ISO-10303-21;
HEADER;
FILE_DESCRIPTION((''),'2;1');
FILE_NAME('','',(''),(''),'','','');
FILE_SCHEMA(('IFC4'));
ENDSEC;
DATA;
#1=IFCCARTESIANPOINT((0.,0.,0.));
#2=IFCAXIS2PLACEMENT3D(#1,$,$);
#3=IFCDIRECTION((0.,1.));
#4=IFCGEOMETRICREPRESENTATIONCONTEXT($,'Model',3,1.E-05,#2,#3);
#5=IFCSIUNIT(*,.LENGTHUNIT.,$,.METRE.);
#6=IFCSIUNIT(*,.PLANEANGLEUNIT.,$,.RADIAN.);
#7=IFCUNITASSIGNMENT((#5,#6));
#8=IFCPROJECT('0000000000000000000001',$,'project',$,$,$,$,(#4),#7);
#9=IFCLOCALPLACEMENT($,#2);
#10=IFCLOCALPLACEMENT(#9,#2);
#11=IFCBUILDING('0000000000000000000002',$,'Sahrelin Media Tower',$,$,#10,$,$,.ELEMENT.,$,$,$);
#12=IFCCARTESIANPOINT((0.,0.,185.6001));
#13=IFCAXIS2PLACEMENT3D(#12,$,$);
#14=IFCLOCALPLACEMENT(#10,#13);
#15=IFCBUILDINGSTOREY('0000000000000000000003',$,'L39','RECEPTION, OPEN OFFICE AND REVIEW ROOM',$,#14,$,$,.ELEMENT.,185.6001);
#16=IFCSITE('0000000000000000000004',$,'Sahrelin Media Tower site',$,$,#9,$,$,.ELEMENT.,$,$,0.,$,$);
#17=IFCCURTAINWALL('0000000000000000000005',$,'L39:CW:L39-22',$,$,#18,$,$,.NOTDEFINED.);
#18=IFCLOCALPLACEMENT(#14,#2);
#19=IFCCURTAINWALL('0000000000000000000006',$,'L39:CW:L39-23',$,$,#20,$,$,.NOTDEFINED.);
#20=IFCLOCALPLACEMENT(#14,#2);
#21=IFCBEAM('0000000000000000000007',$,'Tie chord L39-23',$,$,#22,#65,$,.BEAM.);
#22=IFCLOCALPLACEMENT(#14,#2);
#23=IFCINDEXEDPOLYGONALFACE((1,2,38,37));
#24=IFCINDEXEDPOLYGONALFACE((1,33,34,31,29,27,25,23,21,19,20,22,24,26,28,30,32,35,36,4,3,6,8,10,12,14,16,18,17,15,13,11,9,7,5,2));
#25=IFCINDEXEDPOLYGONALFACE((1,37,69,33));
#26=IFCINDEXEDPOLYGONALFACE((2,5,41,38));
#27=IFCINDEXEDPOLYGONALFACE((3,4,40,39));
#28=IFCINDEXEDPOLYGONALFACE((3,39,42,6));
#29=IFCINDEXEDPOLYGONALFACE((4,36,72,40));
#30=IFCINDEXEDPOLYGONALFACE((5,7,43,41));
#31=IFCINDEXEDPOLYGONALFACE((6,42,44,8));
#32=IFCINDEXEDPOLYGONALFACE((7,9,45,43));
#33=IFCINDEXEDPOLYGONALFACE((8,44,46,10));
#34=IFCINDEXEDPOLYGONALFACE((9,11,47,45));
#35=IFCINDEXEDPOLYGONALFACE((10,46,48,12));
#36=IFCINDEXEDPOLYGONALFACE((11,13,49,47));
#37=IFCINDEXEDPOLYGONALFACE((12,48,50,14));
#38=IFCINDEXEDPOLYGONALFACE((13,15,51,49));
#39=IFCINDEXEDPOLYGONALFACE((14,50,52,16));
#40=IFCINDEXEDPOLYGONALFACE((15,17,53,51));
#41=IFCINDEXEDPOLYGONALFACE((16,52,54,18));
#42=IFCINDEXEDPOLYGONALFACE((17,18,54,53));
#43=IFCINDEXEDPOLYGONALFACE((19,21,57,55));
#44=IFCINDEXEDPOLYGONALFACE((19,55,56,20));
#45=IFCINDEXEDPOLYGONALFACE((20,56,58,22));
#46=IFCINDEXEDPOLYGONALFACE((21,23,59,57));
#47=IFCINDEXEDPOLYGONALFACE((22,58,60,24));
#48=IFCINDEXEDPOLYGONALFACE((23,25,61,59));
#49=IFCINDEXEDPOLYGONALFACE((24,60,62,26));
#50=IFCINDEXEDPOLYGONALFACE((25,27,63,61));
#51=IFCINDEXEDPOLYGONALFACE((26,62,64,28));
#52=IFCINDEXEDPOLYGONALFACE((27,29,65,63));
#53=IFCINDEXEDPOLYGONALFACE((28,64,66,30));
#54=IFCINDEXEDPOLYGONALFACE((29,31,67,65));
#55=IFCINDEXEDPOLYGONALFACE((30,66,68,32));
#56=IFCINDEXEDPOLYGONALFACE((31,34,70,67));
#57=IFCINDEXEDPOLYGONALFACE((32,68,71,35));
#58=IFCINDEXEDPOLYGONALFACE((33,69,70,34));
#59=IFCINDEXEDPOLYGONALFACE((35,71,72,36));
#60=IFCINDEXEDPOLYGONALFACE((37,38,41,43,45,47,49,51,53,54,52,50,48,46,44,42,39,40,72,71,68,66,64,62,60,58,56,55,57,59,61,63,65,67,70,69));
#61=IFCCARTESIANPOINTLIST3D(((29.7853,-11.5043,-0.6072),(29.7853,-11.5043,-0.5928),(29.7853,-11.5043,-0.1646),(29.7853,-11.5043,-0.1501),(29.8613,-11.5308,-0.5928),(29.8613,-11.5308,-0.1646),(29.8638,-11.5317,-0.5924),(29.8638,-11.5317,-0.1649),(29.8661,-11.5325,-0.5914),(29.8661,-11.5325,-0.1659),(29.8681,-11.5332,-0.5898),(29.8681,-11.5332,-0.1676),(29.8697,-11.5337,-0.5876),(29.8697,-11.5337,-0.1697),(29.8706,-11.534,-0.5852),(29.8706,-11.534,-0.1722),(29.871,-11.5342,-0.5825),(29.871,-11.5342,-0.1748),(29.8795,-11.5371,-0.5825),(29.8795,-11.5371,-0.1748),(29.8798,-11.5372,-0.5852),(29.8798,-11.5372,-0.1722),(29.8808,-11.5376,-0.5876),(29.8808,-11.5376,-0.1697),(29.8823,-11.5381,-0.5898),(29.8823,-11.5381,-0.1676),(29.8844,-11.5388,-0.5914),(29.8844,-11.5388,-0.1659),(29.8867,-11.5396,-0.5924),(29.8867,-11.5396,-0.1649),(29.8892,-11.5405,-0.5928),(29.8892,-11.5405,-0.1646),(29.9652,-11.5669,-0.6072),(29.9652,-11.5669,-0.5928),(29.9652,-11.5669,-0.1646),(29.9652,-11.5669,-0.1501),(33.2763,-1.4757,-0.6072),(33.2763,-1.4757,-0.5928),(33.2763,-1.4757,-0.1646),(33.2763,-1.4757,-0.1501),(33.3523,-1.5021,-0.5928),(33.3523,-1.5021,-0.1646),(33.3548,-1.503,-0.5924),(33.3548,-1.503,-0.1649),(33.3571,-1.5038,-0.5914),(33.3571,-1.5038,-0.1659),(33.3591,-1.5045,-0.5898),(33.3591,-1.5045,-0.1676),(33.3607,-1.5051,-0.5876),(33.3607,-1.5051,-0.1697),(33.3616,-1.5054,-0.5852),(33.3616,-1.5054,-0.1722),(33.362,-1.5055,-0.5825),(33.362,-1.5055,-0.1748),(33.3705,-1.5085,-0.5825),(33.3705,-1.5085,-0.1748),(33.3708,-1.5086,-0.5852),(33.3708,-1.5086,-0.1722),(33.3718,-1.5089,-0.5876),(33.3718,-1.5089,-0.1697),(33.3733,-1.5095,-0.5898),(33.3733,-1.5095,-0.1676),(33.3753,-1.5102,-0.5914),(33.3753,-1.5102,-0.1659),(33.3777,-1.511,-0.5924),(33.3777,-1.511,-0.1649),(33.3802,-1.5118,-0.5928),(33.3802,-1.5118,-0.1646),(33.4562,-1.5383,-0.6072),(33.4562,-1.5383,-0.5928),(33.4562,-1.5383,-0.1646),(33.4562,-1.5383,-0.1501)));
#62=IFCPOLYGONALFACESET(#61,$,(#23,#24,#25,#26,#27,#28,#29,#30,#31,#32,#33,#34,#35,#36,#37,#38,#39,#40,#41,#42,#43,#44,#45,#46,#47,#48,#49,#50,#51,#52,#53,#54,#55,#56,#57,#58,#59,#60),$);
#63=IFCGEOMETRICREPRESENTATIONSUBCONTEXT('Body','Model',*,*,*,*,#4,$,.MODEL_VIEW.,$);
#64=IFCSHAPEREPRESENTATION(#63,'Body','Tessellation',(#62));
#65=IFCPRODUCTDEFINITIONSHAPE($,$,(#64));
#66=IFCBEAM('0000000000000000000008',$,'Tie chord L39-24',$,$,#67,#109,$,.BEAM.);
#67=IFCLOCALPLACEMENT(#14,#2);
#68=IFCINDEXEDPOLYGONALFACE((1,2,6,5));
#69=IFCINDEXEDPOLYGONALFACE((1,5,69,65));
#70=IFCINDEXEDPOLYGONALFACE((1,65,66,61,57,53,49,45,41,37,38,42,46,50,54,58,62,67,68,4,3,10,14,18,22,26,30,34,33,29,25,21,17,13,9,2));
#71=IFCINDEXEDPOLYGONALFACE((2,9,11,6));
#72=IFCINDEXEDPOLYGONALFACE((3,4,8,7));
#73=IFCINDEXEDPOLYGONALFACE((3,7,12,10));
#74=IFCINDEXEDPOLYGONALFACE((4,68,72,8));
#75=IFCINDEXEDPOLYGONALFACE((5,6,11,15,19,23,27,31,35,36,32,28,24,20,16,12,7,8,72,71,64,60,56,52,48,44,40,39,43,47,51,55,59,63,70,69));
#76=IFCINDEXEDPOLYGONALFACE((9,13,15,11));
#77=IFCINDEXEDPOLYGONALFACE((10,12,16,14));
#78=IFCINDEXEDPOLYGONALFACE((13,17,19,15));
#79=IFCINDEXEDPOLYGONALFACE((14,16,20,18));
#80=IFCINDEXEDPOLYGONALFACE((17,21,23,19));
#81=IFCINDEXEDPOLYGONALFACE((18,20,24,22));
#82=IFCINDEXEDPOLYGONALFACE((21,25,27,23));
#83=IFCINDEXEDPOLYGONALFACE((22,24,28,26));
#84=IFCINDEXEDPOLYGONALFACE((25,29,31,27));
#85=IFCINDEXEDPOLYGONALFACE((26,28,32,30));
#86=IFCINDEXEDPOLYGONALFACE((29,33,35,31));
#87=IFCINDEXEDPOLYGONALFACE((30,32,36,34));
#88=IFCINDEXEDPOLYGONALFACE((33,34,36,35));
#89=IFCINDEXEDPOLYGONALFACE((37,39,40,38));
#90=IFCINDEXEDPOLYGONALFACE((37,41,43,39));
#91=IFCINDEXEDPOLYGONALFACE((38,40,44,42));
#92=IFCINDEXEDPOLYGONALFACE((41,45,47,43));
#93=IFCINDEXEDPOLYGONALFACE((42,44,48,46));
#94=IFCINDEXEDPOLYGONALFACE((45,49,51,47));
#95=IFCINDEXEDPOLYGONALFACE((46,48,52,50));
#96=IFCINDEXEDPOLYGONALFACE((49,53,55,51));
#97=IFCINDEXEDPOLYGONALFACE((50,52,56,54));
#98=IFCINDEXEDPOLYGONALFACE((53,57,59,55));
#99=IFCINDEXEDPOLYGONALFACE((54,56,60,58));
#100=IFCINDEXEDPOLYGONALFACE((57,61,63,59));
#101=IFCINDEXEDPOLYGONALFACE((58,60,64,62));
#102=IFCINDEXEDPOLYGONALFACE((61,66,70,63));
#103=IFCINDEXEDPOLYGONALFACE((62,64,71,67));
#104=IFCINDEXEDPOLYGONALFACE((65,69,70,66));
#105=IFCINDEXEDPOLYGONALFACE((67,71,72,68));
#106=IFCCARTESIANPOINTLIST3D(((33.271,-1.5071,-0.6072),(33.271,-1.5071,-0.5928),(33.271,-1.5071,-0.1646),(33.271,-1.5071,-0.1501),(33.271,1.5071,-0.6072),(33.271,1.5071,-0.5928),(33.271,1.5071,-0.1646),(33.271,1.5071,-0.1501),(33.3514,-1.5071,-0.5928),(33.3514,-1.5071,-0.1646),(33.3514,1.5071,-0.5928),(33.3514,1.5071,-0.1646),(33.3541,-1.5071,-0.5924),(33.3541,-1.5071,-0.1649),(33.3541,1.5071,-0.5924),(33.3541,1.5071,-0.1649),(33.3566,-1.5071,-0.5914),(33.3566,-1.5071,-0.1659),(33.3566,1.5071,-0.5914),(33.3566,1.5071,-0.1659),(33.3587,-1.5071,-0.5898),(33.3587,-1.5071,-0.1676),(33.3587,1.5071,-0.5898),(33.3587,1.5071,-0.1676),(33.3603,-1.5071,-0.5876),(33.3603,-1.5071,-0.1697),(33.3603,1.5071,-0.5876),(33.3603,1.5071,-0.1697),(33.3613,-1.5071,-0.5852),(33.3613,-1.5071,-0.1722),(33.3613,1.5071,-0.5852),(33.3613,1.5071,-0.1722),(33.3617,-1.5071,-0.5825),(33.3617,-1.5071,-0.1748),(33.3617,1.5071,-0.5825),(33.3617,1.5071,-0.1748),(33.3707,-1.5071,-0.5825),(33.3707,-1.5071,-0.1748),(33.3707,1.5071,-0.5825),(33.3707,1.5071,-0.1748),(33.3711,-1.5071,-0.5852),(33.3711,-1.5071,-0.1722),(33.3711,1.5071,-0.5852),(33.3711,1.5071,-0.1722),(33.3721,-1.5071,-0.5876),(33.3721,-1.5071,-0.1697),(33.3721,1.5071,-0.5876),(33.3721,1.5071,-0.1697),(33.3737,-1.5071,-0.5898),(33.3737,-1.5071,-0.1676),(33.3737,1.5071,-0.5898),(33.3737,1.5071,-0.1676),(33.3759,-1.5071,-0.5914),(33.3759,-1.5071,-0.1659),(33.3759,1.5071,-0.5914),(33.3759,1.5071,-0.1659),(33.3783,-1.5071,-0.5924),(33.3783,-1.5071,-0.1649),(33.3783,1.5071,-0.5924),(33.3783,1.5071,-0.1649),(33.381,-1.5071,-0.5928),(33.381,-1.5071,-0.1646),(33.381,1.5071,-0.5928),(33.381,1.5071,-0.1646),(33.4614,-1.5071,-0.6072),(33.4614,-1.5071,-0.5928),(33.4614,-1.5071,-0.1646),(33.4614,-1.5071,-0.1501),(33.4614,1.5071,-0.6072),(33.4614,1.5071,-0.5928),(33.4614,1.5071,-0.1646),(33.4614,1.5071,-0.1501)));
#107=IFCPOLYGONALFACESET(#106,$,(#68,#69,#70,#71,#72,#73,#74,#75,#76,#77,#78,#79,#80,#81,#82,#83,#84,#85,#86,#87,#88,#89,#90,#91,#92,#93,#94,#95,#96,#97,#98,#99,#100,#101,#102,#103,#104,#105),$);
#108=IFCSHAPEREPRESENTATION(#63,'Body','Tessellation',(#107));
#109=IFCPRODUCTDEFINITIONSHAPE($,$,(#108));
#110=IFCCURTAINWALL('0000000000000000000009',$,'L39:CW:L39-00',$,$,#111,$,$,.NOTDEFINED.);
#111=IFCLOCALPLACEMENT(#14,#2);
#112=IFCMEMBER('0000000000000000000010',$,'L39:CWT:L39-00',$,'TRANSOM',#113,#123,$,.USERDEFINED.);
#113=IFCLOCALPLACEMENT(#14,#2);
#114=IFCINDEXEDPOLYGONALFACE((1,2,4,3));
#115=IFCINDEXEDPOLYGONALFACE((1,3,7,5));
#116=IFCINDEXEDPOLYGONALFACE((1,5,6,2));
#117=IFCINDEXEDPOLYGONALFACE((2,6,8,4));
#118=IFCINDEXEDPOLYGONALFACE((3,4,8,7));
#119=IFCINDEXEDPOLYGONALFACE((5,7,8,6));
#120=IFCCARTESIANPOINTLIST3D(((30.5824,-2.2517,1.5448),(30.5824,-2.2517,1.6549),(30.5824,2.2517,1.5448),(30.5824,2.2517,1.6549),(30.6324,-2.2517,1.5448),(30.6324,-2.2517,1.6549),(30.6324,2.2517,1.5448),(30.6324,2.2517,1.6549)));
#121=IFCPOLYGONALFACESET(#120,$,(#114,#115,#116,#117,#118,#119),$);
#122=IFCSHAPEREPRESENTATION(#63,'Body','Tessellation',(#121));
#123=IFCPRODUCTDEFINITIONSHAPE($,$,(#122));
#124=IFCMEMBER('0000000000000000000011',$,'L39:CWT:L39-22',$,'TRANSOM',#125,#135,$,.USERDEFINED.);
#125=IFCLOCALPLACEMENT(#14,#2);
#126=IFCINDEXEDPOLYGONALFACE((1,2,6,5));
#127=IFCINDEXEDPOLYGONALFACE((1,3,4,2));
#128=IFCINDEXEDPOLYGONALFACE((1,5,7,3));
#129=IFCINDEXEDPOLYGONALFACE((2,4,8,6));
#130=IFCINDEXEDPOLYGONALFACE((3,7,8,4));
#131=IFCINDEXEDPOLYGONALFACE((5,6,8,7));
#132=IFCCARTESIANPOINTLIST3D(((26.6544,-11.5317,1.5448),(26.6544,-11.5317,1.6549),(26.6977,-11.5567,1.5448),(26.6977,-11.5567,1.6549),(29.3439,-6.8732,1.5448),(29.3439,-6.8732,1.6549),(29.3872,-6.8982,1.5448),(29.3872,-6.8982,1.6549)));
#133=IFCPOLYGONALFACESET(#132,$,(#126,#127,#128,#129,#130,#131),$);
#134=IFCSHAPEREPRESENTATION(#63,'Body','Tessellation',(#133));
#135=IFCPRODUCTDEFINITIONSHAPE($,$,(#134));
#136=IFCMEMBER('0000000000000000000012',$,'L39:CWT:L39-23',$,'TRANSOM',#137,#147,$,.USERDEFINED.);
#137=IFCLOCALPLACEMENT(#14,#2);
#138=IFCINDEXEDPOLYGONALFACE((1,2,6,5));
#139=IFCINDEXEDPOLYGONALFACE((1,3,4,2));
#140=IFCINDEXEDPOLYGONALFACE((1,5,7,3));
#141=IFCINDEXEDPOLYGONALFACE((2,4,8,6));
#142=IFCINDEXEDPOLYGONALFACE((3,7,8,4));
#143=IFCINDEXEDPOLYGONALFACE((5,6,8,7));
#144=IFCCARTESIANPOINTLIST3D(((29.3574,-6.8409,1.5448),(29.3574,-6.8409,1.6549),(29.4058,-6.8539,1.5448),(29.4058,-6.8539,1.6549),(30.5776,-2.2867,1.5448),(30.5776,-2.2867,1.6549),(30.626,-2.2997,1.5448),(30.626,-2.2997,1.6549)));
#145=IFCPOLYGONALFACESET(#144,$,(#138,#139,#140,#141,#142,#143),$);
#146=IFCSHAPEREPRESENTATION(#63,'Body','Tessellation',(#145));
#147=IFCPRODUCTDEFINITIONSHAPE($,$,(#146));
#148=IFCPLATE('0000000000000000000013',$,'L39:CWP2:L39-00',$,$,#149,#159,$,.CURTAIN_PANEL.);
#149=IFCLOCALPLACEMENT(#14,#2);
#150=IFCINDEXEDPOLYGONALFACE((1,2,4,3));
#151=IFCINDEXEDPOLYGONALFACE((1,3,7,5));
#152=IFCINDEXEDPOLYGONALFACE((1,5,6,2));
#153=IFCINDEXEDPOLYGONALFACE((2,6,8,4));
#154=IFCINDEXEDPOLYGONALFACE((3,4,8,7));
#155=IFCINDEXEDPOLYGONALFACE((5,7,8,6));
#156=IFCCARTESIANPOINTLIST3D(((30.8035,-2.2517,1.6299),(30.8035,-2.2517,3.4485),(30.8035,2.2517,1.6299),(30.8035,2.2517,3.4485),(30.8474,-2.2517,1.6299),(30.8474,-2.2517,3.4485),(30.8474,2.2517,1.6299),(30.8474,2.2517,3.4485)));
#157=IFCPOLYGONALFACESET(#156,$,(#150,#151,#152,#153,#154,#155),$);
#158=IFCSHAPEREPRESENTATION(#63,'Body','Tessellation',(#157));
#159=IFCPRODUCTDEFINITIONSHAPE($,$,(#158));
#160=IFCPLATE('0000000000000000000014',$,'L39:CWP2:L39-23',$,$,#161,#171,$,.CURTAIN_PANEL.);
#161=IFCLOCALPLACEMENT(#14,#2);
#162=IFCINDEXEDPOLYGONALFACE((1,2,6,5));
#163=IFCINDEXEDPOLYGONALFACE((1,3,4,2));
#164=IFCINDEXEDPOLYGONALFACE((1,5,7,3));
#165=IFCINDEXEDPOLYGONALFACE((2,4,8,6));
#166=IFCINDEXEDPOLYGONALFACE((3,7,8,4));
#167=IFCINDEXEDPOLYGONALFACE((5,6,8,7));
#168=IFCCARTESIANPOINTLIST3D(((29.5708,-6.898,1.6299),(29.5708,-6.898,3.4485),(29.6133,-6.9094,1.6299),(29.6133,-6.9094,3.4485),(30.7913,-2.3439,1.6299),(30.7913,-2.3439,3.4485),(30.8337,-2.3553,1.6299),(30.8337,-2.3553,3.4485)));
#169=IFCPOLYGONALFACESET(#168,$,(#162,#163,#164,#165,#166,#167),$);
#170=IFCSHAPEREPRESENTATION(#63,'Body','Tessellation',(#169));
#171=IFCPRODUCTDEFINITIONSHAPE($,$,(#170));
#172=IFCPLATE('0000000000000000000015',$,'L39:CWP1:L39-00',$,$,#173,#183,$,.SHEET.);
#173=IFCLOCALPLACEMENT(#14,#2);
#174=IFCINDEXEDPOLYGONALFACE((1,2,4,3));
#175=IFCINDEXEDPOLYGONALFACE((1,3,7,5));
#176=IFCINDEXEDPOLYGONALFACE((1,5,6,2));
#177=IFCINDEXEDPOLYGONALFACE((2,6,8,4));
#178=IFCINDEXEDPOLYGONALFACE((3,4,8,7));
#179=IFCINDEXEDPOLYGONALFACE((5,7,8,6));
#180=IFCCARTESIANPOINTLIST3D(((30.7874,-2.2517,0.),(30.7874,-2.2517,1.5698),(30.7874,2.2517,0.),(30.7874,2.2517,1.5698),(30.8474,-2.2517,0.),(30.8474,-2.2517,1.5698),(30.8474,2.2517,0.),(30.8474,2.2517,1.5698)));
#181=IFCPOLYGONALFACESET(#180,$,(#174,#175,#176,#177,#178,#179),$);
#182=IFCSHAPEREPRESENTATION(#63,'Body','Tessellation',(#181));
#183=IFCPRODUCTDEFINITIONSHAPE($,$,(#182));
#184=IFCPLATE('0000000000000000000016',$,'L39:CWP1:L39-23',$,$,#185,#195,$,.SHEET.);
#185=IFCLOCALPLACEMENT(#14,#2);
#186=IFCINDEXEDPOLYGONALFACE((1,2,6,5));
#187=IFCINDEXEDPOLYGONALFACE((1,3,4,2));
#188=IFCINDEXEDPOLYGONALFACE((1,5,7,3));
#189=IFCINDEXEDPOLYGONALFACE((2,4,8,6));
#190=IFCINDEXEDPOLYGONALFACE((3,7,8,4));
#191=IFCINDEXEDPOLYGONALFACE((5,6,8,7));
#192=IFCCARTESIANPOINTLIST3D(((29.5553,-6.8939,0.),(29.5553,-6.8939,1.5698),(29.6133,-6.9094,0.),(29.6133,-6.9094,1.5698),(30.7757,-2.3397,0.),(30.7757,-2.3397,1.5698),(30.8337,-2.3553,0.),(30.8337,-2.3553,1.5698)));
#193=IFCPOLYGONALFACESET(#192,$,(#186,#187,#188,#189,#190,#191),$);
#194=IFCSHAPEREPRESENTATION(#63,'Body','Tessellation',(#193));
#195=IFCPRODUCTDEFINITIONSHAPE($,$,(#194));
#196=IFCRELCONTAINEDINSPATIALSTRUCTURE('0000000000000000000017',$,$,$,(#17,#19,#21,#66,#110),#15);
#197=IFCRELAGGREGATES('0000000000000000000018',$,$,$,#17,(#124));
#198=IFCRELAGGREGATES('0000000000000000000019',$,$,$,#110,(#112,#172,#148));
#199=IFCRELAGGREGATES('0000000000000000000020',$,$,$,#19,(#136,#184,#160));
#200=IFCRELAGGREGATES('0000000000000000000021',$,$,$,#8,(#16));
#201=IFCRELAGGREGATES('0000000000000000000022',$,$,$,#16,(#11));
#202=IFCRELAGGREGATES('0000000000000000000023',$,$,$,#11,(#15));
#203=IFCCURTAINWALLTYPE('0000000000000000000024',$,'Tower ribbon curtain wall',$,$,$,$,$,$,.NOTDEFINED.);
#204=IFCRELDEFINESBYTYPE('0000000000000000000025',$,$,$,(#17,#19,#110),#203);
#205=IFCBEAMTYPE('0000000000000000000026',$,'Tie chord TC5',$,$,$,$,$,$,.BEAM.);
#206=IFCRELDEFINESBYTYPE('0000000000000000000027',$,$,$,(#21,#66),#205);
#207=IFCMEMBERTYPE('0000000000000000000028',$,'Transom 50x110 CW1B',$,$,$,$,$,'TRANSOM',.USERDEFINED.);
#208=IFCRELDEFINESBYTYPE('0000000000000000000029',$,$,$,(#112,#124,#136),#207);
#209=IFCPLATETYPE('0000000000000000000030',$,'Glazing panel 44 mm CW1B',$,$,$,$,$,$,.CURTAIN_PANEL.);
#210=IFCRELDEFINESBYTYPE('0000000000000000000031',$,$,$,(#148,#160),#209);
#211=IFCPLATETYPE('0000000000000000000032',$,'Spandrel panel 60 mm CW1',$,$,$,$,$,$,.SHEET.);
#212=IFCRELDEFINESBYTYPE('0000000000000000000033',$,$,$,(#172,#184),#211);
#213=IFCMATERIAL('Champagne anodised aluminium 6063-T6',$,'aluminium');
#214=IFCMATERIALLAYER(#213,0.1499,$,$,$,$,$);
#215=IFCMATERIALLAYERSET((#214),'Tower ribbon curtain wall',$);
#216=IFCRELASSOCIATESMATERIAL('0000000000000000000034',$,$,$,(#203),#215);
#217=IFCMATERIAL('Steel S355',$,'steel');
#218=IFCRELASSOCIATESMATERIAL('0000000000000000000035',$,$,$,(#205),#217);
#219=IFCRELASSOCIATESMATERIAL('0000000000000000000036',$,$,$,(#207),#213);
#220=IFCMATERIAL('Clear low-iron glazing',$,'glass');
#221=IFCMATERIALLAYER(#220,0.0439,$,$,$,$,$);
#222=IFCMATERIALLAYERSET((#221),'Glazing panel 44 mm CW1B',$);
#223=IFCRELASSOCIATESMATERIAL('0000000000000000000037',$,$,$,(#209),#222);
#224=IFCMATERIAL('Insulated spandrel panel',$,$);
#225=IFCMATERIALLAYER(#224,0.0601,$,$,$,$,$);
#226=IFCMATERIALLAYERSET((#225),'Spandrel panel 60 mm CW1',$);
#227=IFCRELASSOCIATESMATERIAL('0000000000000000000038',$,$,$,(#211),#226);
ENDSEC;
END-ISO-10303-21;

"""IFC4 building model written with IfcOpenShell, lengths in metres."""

from ifc_helpers import new_model, si_unit, direction, frame, origin, origin_2d, place, context, subcontext, project, spatial, polyline, rectangle, i_section, outline, extrude, material, layer, layer_set, material_profile, profile_set, type_object, element, aggregate, save


model = new_model("IFC4")

# Units and contexts
model_context = context("Model", 3, precision=1e-05, world=origin(), true_north=direction((0.0, 1.0)))
body_context = subcontext(model_context, "Body", "Model", "MODEL_VIEW")
ifc_project = project(units=[si_unit("LENGTHUNIT", "METRE"), si_unit("PLANEANGLEUNIT", "RADIAN")], contexts=[model_context])

# Site, building, storey
site_placement = place(None, origin())
site = spatial("IfcSite", under=ifc_project, at=site_placement, Name="Sahrelin Media Tower site", CompositionType="ELEMENT", RefElevation=0.0)
building_placement = place(site_placement, origin())
building = spatial("IfcBuilding", under=site, at=building_placement, Name="Sahrelin Media Tower", CompositionType="ELEMENT")
storey_placement = place(building_placement, frame((0.0, 0.0, 185.6001)))
storey = spatial("IfcBuildingStorey", under=building, at=storey_placement, Name="L39", Description="RECEPTION, OPEN OFFICE AND REVIEW ROOM", CompositionType="ELEMENT", Elevation=185.6001)

# Shared definitions
ifc_material_1 = material(Name="Steel S355", Category="steel")

# Curtain walls
ifc_material_2 = material(Name="Champagne anodised aluminium 6063-T6", Category="aluminium")
ifc_layer_1 = layer(ifc_material_2, 0.1499)
ifc_layer_set_1 = layer_set([ifc_layer_1], Name="Tower ribbon curtain wall")
curtain_wall_type = type_object("IfcCurtainWallType", Name="Tower ribbon curtain wall", PredefinedType="NOTDEFINED", material=ifc_layer_set_1)
curtain_wall_1_placement = place(storey_placement, frame((28.2112, -9.325, 0.0), z_axis=(0.0, 0.0, 1.0), x_axis=(1.0, 0.0, 0.0)))
curtain_wall_1 = element("IfcCurtainWall", 1, at=curtain_wall_1_placement, inside=storey, type_object=curtain_wall_type, Name="L39:CW:L39-22", PredefinedType="NOTDEFINED")
curtain_wall_2_placement = place(storey_placement, frame((30.2041, -4.6272, 0.0), z_axis=(0.0, 0.0, 1.0), x_axis=(1.0, 0.0, 0.0)))
curtain_wall_2 = element("IfcCurtainWall", 2, at=curtain_wall_2_placement, inside=storey, type_object=curtain_wall_type, Name="L39:CW:L39-23", PredefinedType="NOTDEFINED")

# Beams
ifc_material_profile_1 = material_profile(ifc_material_1, i_section(OverallWidth=0.1904, OverallDepth=0.457, WebThickness=0.009, FlangeThickness=0.0144, FilletRadius=0.0103, at=origin_2d()), Name="UB 457x191x74")
ifc_profile_set_1 = profile_set([ifc_material_profile_1], Name="Steel S355")
beam_type_1 = type_object("IfcBeamType", Name="Tie chord TC5", PredefinedType="BEAM", material=ifc_profile_set_1)
beam_1_placement = place(storey_placement, frame((29.8752, -11.5356, -0.3787), z_axis=(0.328753, 0.944416, 0.0), x_axis=(-0.944416, 0.328753, 0.0)))
element("IfcBeam", 3, at=beam_1_placement, inside=storey, type_object=beam_type_1, Name="Tie chord L39-23", PredefinedType="BEAM", context=body_context, shape_type="SweptSolid", body=[
    extrude(i_section(OverallWidth=0.1904, OverallDepth=0.457, WebThickness=0.009, FlangeThickness=0.0144, FilletRadius=0.0103, at=origin_2d()), origin(), (0.0, 0.0, 1.0), 10.6189),
])
beam_2_placement = place(storey_placement, frame((33.3662, -1.5071, -0.3787), z_axis=(0.0, 1.0, 0.0), x_axis=(-1.0, 0.0, 0.0)))
element("IfcBeam", 4, at=beam_2_placement, inside=storey, type_object=beam_type_1, Name="Tie chord L39-24", PredefinedType="BEAM", context=body_context, shape_type="SweptSolid", body=[
    extrude(i_section(OverallWidth=0.1904, OverallDepth=0.457, WebThickness=0.009, FlangeThickness=0.0144, FilletRadius=0.0103, at=origin_2d()), origin(), (0.0, 0.0, 1.0), 3.0142),
])

# Curtain wall, member
curtain_wall_3_placement = place(storey_placement, frame((30.8274, 0.0, 0.0), z_axis=(0.0, 0.0, 1.0), x_axis=(1.0, 0.0, 0.0)))
curtain_wall_3 = element("IfcCurtainWall", 5, at=curtain_wall_3_placement, inside=storey, type_object=curtain_wall_type, Name="L39:CW:L39-00", PredefinedType="NOTDEFINED")
ifc_material_profile_2 = material_profile(ifc_material_2, rectangle(XDim=0.05, YDim=0.1101, at=origin_2d()), Name="Transom 50x110")
ifc_profile_set_2 = profile_set([ifc_material_profile_2], Name="Champagne anodised aluminium 6063-T6")
member_type_1 = type_object("IfcMemberType", Name="Transom 50x110 CW1B", ElementType="TRANSOM", PredefinedType="USERDEFINED", material=ifc_profile_set_2)
member_1_placement = place(storey_placement, frame((30.6074, -2.2517, 1.5999), z_axis=(0.0, 1.0, 0.0), x_axis=(-1.0, 0.0, 0.0)))
member_1 = element("IfcMember", 6, at=member_1_placement, type_object=member_type_1, Name="L39:CWT:L39-00", ObjectType="TRANSOM", PredefinedType="USERDEFINED", context=body_context, shape_type="SweptSolid", body=[
    extrude(rectangle(XDim=0.05, YDim=0.1101, at=origin_2d()), origin(), (0.0, 0.0, 1.0), 4.5034),
])

# Members
member_2_placement = place(storey_placement, frame((26.676, -11.5442, 1.5999), z_axis=(0.499986, 0.866034, 0.0), x_axis=(-0.866034, 0.499986, 0.0)))
member_2 = element("IfcMember", 7, at=member_2_placement, type_object=member_type_1, Name="L39:CWT:L39-22", ObjectType="TRANSOM", PredefinedType="USERDEFINED", context=body_context, shape_type="SweptSolid", body=[
    extrude(rectangle(XDim=0.05, YDim=0.1101, at=origin_2d()), origin(), (0.0, 0.0, 1.0), 5.3792),
])
aggregate(curtain_wall_1, [member_2])
member_3_placement = place(storey_placement, frame((29.3816, -6.8474, 1.5999), z_axis=(0.258803, 0.96593, 0.0), x_axis=(-0.96593, 0.258803, 0.0)))
member_3 = element("IfcMember", 8, at=member_3_placement, type_object=member_type_1, Name="L39:CWT:L39-23", ObjectType="TRANSOM", PredefinedType="USERDEFINED", context=body_context, shape_type="SweptSolid", body=[
    extrude(rectangle(XDim=0.05, YDim=0.1101, at=origin_2d()), origin(), (0.0, 0.0, 1.0), 4.7148),
])

# Plates
ifc_material_3 = material(Name="Clear low-iron glazing", Category="glass")
ifc_layer_2 = layer(ifc_material_3, 0.0439)
ifc_layer_set_2 = layer_set([ifc_layer_2], Name="Glazing panel 44 mm CW1B")
plate_type_1 = type_object("IfcPlateType", Name="Glazing panel 44 mm CW1B", PredefinedType="CURTAIN_PANEL", material=ifc_layer_set_2)
plate_1_placement = place(storey_placement, frame((30.8474, -2.2517, 1.6299), z_axis=(1.0, 0.0, 0.0), x_axis=(0.0, 1.0, 0.0)))
plate_1 = element("IfcPlate", 9, at=plate_1_placement, type_object=plate_type_1, Name="L39:CWP2:L39-00", PredefinedType="CURTAIN_PANEL", context=body_context, shape_type="SweptSolid", body=[
    extrude(outline(polyline([(0.0, 0.0), (4.5034, 0.0), (4.5034, 1.8186), (0.0, 1.8186), (0.0, 0.0)])), origin(), (0.0, 0.0, -1.0), 0.0439),
])
plate_2_placement = place(storey_placement, frame((29.6133, -6.9094, 1.6299), z_axis=(0.965917, -0.258852, 0.0), x_axis=(0.258852, 0.965917, 0.0)))
plate_2 = element("IfcPlate", 10, at=plate_2_placement, type_object=plate_type_1, Name="L39:CWP2:L39-23", PredefinedType="CURTAIN_PANEL", context=body_context, shape_type="SweptSolid", body=[
    extrude(outline(polyline([(0.0, 0.0), (4.7148, 0.0), (4.7148, 1.8186), (0.0, 1.8186), (0.0, 0.0)])), origin(), (0.0, 0.0, -1.0), 0.0439),
])
ifc_material_4 = material(Name="Insulated spandrel panel")
ifc_layer_3 = layer(ifc_material_4, 0.0601)
ifc_layer_set_3 = layer_set([ifc_layer_3], Name="Spandrel panel 60 mm CW1")
plate_type_2 = type_object("IfcPlateType", Name="Spandrel panel 60 mm CW1", PredefinedType="SHEET", material=ifc_layer_set_3)
plate_3_placement = place(storey_placement, frame((30.8474, -2.2517, 0.0), z_axis=(1.0, 0.0, 0.0), x_axis=(0.0, 1.0, 0.0)))
plate_3 = element("IfcPlate", 11, at=plate_3_placement, type_object=plate_type_2, Name="L39:CWP1:L39-00", PredefinedType="SHEET", context=body_context, shape_type="SweptSolid", body=[
    extrude(outline(polyline([(0.0, 0.0), (4.5034, 0.0), (4.5034, 1.5698), (0.0, 1.5698), (0.0, 0.0)])), origin(), (0.0, 0.0, -1.0), 0.0601),
])
aggregate(curtain_wall_3, [member_1, plate_3, plate_1])
plate_4_placement = place(storey_placement, frame((29.6133, -6.9094, 0.0), z_axis=(0.965917, -0.258852, 0.0), x_axis=(0.258852, 0.965917, 0.0)))
plate_4 = element("IfcPlate", 12, at=plate_4_placement, type_object=plate_type_2, Name="L39:CWP1:L39-23", PredefinedType="SHEET", context=body_context, shape_type="SweptSolid", body=[
    extrude(outline(polyline([(0.0, 0.0), (4.7148, 0.0), (4.7148, 1.5698), (0.0, 1.5698), (0.0, 0.0)])), origin(), (0.0, 0.0, -1.0), 0.0601),
])
aggregate(curtain_wall_2, [member_3, plate_4, plate_2])

save(model, "model.ifc")
